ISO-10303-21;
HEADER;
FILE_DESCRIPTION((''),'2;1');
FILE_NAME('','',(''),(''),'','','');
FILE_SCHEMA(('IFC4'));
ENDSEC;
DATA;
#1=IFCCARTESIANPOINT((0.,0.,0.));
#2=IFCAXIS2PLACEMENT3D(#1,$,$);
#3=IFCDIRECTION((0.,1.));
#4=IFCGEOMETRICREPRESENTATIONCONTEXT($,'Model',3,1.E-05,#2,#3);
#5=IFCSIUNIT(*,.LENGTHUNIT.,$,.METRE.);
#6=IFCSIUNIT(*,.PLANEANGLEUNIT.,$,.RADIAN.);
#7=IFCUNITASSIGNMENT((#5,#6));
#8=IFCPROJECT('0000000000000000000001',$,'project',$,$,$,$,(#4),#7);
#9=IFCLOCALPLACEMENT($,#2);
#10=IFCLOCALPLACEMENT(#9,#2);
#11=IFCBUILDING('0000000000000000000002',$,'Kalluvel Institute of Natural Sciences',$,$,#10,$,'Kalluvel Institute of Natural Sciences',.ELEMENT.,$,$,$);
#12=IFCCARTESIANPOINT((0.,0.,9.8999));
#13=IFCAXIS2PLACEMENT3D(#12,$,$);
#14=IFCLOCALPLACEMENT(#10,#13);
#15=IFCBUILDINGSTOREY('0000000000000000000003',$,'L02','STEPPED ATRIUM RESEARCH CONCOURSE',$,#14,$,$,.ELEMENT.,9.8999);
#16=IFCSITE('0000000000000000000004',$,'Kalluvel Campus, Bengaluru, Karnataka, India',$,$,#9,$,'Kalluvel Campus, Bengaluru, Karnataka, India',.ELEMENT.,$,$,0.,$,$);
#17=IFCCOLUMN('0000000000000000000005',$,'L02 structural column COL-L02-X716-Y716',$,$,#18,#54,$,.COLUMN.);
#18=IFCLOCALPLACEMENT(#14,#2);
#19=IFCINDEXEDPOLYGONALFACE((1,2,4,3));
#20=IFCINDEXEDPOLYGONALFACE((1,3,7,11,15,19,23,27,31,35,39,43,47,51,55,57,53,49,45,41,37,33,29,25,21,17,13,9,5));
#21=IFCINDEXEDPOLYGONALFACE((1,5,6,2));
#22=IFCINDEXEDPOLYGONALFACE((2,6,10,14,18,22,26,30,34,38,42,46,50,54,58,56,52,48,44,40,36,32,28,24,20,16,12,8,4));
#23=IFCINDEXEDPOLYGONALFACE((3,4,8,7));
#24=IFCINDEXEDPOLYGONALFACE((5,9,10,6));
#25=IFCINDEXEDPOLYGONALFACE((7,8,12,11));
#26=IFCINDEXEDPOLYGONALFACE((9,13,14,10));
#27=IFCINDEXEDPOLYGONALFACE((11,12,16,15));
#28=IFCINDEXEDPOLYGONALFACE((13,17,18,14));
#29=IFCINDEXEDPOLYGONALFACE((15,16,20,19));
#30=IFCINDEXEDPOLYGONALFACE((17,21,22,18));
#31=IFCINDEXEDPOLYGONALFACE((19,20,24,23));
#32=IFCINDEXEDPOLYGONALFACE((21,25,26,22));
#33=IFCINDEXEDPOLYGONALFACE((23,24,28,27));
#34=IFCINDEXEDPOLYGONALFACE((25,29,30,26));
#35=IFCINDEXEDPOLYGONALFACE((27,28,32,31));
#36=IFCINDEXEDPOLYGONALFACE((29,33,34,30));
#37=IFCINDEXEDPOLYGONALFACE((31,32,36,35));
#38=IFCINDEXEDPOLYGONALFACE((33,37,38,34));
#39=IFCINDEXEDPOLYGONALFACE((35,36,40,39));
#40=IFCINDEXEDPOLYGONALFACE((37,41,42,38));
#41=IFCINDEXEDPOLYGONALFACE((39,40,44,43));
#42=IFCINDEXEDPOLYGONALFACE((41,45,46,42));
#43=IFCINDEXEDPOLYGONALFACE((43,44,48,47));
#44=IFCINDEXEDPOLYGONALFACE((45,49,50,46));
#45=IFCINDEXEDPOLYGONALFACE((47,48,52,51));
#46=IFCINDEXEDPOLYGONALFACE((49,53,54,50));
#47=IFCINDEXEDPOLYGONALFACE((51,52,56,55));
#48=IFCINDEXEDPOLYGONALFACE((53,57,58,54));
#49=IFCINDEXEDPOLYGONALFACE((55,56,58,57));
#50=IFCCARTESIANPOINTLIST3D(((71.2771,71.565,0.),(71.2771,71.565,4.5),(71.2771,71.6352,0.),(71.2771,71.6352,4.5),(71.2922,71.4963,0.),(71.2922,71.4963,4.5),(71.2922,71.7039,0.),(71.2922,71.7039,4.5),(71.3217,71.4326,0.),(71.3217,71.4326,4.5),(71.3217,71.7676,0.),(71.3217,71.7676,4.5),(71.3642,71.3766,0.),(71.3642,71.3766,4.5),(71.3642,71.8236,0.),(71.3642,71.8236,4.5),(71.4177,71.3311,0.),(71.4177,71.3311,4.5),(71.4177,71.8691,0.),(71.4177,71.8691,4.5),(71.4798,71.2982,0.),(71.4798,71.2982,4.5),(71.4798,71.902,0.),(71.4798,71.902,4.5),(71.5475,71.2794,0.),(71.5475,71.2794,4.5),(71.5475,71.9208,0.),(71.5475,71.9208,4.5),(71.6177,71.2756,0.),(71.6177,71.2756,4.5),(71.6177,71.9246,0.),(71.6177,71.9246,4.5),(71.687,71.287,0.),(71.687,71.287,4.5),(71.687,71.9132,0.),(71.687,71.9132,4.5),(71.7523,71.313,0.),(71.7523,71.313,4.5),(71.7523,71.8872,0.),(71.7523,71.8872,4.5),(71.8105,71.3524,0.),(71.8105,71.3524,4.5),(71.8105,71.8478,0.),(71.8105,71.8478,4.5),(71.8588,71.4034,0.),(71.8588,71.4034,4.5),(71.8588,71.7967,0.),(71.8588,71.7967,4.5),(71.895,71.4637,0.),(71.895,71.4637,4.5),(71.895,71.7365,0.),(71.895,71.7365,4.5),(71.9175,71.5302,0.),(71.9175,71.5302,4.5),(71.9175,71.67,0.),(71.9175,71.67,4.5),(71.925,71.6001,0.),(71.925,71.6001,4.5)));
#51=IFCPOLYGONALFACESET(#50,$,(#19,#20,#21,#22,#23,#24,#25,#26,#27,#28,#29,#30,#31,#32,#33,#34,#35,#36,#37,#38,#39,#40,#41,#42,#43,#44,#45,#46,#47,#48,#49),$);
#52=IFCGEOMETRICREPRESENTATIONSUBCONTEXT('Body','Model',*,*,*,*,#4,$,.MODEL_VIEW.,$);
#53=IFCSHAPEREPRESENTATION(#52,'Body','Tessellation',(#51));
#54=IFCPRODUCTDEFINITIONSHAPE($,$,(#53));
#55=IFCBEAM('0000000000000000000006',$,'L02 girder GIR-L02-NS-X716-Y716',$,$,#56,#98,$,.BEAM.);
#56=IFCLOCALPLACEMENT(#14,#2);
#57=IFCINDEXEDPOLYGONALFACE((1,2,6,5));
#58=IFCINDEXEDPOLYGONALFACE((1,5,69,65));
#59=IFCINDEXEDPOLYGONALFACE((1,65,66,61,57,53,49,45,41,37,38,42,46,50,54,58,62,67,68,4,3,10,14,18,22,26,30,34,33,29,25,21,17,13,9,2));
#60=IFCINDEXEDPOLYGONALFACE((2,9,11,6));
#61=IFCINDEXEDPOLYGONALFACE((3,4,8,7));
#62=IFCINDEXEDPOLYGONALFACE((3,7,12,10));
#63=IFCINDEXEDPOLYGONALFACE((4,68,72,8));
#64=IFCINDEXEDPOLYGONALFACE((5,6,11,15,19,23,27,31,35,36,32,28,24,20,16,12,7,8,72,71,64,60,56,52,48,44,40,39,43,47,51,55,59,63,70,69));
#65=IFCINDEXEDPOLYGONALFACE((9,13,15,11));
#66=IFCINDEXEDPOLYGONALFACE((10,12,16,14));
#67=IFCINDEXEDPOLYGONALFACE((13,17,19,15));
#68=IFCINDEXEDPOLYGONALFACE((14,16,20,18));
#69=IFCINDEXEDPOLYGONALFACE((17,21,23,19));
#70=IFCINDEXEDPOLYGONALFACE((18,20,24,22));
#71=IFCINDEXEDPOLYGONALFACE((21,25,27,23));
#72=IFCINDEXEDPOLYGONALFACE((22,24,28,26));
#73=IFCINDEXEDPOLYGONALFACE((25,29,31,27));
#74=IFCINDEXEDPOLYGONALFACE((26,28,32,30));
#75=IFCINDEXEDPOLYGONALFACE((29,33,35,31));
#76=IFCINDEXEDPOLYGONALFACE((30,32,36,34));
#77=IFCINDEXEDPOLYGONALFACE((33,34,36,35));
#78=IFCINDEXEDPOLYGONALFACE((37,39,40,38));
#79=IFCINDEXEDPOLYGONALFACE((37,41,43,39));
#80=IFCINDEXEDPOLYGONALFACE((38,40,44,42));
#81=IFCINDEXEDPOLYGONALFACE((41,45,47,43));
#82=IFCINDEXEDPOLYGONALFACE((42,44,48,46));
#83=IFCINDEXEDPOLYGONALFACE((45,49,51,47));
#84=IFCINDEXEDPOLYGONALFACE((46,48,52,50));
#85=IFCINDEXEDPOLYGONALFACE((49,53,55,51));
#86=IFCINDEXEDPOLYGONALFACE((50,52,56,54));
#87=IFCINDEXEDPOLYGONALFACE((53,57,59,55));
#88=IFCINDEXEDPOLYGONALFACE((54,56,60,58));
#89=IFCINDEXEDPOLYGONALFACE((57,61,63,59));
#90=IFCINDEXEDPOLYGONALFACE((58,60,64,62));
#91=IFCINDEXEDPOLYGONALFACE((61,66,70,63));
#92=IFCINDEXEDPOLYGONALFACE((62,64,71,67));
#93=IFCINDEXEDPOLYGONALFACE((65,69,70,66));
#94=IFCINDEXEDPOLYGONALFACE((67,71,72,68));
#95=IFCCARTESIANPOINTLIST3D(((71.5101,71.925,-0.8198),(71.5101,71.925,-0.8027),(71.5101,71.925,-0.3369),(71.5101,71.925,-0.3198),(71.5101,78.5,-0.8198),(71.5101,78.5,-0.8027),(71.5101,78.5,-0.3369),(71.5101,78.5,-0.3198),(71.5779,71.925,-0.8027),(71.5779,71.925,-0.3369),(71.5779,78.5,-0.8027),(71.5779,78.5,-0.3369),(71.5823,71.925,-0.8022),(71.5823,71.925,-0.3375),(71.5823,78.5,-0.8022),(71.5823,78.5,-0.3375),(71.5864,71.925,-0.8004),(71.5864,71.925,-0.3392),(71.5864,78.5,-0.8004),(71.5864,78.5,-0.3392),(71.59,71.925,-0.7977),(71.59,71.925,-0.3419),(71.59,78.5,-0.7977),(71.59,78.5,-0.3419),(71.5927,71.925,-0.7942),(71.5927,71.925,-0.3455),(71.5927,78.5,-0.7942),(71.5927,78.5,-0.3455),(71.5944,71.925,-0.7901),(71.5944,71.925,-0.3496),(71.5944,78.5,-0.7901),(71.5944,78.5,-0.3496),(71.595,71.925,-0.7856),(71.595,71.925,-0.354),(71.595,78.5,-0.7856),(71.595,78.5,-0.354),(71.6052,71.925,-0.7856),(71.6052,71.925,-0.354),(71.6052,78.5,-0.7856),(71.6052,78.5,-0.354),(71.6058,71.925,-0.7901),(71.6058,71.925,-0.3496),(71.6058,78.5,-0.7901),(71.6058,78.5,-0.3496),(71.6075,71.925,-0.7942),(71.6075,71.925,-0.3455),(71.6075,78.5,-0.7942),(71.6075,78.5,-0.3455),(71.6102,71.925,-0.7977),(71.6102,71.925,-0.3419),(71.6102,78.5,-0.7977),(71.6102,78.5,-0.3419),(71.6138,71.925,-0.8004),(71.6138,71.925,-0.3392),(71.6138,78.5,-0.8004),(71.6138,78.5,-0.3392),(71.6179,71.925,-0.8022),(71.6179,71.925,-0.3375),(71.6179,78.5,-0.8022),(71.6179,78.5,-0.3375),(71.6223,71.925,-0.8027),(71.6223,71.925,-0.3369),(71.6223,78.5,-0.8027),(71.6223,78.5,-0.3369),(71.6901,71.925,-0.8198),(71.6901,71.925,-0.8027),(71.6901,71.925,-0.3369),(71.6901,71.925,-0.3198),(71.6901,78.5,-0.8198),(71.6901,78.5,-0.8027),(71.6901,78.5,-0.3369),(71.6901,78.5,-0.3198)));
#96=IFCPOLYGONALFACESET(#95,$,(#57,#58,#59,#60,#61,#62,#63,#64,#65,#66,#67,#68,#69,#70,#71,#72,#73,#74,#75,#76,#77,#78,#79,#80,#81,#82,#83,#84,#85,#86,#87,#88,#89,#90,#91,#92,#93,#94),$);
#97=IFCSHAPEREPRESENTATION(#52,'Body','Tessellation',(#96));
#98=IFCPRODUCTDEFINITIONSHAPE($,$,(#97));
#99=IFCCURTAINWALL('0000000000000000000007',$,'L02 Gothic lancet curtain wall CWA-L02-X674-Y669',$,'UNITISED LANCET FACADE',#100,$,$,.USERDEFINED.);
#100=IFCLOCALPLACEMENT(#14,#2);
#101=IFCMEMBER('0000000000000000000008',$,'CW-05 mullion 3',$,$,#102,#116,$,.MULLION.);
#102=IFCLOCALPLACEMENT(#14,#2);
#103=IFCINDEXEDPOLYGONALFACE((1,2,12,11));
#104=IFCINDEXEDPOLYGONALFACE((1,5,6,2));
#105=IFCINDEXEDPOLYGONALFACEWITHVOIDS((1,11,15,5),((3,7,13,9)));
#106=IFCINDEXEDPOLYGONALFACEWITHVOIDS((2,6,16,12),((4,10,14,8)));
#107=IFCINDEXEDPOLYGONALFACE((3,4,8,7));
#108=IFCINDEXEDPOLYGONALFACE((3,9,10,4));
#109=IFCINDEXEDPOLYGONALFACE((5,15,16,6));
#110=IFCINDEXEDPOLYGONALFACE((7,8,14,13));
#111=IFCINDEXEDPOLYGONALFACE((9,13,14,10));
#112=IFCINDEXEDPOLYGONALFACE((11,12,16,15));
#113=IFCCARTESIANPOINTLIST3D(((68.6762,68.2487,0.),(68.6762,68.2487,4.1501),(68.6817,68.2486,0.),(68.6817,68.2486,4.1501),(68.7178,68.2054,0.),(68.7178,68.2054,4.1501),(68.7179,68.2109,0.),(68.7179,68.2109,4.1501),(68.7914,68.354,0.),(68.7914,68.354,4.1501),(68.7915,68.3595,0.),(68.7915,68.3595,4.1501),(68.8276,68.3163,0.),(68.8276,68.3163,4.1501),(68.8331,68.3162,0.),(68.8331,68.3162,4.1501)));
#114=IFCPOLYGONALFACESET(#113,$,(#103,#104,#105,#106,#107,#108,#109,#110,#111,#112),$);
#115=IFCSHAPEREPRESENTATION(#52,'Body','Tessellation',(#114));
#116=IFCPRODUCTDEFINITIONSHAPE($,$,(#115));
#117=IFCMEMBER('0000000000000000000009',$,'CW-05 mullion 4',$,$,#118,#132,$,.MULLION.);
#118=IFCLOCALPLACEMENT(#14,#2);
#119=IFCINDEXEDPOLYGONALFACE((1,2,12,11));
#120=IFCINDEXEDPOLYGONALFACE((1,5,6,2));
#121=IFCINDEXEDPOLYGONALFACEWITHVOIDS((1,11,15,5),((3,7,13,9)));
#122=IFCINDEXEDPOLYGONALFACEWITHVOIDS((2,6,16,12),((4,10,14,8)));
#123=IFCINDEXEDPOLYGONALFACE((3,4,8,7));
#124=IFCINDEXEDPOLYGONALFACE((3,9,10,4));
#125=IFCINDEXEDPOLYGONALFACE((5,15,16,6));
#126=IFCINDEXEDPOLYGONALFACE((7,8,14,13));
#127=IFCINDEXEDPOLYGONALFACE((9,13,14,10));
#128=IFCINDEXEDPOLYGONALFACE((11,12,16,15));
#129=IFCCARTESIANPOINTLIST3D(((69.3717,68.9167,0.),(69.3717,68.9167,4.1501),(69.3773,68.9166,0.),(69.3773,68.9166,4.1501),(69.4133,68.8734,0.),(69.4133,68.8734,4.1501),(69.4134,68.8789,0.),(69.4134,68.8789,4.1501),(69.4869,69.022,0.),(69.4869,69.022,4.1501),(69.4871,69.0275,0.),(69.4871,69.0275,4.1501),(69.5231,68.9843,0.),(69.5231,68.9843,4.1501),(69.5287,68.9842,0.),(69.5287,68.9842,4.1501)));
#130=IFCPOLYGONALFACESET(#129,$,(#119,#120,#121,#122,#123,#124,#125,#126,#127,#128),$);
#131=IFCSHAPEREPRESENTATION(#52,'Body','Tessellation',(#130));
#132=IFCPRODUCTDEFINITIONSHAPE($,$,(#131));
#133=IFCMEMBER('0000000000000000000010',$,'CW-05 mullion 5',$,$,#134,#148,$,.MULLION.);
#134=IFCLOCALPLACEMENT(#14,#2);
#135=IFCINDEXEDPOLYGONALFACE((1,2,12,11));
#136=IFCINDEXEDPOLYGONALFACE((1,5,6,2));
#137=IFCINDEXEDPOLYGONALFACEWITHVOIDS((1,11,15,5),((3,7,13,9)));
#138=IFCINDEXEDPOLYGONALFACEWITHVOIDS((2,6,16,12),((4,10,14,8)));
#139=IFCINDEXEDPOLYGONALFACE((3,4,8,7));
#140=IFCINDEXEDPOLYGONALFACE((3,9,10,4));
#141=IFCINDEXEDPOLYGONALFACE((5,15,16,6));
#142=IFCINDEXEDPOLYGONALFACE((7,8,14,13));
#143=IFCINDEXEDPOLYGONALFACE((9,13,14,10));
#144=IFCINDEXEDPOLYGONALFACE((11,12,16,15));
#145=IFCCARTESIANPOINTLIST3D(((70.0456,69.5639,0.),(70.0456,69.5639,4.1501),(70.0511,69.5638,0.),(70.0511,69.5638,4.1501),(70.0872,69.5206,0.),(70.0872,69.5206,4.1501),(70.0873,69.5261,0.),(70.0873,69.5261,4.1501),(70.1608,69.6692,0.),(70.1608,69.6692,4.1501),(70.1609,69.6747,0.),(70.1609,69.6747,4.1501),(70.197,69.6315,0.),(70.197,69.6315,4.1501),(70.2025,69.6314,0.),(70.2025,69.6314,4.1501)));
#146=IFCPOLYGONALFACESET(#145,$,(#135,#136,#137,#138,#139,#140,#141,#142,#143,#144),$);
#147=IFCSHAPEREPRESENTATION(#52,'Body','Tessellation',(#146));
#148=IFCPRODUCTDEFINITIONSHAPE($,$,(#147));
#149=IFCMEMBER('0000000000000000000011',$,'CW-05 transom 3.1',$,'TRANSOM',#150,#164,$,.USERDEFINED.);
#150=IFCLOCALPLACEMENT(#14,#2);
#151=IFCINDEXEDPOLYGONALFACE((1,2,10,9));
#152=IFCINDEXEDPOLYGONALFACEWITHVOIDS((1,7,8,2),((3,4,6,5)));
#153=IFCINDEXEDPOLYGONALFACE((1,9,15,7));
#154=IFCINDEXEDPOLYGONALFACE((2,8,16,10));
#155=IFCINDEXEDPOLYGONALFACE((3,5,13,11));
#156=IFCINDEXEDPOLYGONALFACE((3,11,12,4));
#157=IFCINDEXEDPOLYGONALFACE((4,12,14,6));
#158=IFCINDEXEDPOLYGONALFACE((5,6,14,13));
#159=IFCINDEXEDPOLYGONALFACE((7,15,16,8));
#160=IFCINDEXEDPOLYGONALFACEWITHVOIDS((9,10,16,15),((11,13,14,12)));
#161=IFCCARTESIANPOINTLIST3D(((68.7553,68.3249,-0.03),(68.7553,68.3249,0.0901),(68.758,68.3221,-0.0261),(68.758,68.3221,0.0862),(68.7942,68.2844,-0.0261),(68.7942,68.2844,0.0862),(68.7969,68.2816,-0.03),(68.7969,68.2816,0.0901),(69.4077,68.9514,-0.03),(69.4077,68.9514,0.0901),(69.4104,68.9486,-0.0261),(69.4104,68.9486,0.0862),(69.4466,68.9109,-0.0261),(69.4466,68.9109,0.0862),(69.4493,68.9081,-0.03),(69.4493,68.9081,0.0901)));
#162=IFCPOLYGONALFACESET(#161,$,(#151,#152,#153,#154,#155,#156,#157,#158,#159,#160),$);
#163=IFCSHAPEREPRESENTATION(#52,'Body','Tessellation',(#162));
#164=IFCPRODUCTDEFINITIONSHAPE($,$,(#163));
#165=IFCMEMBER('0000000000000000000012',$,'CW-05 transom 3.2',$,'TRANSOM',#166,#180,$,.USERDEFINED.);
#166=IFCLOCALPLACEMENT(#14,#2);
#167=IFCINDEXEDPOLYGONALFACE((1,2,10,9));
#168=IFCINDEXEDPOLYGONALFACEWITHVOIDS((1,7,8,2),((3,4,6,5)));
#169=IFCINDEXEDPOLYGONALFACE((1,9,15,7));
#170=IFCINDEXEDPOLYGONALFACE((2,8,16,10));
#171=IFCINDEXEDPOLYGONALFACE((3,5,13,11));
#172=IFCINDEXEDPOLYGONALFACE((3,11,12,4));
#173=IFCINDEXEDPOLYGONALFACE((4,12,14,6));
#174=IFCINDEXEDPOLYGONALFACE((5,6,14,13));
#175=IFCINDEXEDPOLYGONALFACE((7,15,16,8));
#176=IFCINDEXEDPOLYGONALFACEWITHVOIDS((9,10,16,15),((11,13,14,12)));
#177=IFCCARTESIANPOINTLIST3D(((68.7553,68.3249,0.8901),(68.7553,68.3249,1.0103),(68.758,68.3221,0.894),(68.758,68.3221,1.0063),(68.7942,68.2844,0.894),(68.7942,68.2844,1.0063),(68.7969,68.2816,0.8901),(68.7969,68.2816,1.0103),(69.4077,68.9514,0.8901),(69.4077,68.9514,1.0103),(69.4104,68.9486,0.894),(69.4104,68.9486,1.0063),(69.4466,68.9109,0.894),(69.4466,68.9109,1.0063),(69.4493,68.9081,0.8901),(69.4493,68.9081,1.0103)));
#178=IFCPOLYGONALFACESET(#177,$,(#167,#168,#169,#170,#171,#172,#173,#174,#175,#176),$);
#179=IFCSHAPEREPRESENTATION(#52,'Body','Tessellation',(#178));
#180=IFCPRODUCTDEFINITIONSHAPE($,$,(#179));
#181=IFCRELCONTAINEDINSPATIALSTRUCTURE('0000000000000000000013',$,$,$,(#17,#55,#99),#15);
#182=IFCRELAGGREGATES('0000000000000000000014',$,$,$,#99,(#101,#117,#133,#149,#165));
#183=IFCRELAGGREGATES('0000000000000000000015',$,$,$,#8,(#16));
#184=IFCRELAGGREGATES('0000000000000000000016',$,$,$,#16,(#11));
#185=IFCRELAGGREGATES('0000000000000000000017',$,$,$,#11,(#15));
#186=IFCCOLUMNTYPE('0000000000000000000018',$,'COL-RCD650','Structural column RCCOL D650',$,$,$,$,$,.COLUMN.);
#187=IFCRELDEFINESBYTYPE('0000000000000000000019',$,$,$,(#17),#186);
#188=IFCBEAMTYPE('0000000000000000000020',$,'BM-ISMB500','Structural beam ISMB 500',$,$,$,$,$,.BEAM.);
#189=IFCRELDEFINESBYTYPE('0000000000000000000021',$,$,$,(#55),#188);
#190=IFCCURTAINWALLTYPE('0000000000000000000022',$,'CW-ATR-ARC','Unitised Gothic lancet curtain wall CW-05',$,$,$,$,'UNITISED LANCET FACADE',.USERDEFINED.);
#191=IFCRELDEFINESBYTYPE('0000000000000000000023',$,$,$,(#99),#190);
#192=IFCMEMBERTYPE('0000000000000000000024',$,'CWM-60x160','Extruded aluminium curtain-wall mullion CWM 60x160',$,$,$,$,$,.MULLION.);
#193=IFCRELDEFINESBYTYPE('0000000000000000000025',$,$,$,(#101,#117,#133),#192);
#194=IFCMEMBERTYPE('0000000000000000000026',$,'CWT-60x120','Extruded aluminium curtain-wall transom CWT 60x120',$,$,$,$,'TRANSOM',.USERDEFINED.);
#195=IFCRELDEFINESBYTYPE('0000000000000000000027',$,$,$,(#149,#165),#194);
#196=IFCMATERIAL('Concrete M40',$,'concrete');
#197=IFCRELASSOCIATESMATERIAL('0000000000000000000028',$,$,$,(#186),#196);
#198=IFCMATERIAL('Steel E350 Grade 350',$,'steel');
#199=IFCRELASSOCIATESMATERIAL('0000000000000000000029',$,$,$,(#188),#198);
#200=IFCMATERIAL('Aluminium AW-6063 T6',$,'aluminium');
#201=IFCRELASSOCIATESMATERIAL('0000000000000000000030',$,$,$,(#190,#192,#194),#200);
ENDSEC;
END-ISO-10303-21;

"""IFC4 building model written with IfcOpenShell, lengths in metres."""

from ifc_helpers import new_model, si_unit, direction, frame, origin, origin_2d, place, context, subcontext, project, spatial, hollow_rectangle, circle, i_section, extrude, material, material_profile, profile_set, type_object, element, aggregate, save


model = new_model("IFC4")

# Units and contexts
model_context = context("Model", 3, precision=1e-05, world=origin(), true_north=direction((0.0, 1.0)))
body_context = subcontext(model_context, "Body", "Model", "MODEL_VIEW")
ifc_project = project(units=[si_unit("LENGTHUNIT", "METRE"), si_unit("PLANEANGLEUNIT", "RADIAN")], contexts=[model_context])

# Site, building, storey
site_placement = place(None, origin())
site = spatial("IfcSite", under=ifc_project, at=site_placement, Name="Kalluvel Campus, Bengaluru, Karnataka, India", LongName="Kalluvel Campus, Bengaluru, Karnataka, India", CompositionType="ELEMENT", RefElevation=0.0)
building_placement = place(site_placement, origin())
building = spatial("IfcBuilding", under=site, at=building_placement, Name="Kalluvel Institute of Natural Sciences", LongName="Kalluvel Institute of Natural Sciences", CompositionType="ELEMENT")
storey_placement = place(building_placement, frame((0.0, 0.0, 9.8999)))
storey = spatial("IfcBuildingStorey", under=building, at=storey_placement, Name="L02", Description="STEPPED ATRIUM RESEARCH CONCOURSE", CompositionType="ELEMENT", Elevation=9.8999)

# Column
ifc_material_1 = material(Name="Concrete M40", Category="concrete")
ifc_material_profile_1 = material_profile(ifc_material_1, circle(Radius=0.325, at=origin_2d()), Name="RCCOL D650")
ifc_profile_set_1 = profile_set([ifc_material_profile_1], Name="Concrete M40")
column_type = type_object("IfcColumnType", Name="COL-RCD650", Description="Structural column RCCOL D650", PredefinedType="COLUMN", material=ifc_profile_set_1)
column_placement = place(storey_placement, frame((71.6001, 71.6001, 0.0), z_axis=(0.0, 0.0, 1.0), x_axis=(1.0, 0.0, 0.0)))
element("IfcColumn", 1, at=column_placement, inside=storey, type_object=column_type, Name="L02 structural column COL-L02-X716-Y716", PredefinedType="COLUMN", context=body_context, shape_type="SweptSolid", body=[
    extrude(circle(Radius=0.325, at=origin_2d()), origin(), (0.0, 0.0, 1.0), 4.5),
])

# Beam
ifc_material_2 = material(Name="Steel E350 Grade 350", Category="steel")
ifc_material_profile_2 = material_profile(ifc_material_2, i_section(OverallWidth=0.1799, OverallDepth=0.5, WebThickness=0.0103, FlangeThickness=0.0171, FilletRadius=0.0171, at=origin_2d()), Name="ISMB 500")
ifc_profile_set_2 = profile_set([ifc_material_profile_2], Name="Steel E350 Grade 350")
beam_type = type_object("IfcBeamType", Name="BM-ISMB500", Description="Structural beam ISMB 500", PredefinedType="BEAM", material=ifc_profile_set_2)
beam_placement = place(storey_placement, frame((71.6001, 71.925, -0.5698), z_axis=(0.0, 1.0, 0.0), x_axis=(-1.0, 0.0, 0.0)))
element("IfcBeam", 2, at=beam_placement, inside=storey, type_object=beam_type, Name="L02 girder GIR-L02-NS-X716-Y716", PredefinedType="BEAM", context=body_context, shape_type="SweptSolid", body=[
    extrude(i_section(OverallWidth=0.1799, OverallDepth=0.5, WebThickness=0.0103, FlangeThickness=0.0171, FilletRadius=0.0171, at=origin_2d()), origin(), (0.0, 0.0, 1.0), 6.575),
])

# Curtain wall, members
ifc_material_3 = material(Name="Aluminium AW-6063 T6", Category="aluminium")
curtain_wall_type = type_object("IfcCurtainWallType", Name="CW-ATR-ARC", Description="Unitised Gothic lancet curtain wall CW-05", ElementType="UNITISED LANCET FACADE", PredefinedType="USERDEFINED", material=ifc_material_3)
curtain_wall_placement = place(storey_placement, origin())
curtain_wall = element("IfcCurtainWall", 3, at=curtain_wall_placement, inside=storey, type_object=curtain_wall_type, Name="L02 Gothic lancet curtain wall CWA-L02-X674-Y669", ObjectType="UNITISED LANCET FACADE", PredefinedType="USERDEFINED")
ifc_material_profile_3 = material_profile(ifc_material_3, hollow_rectangle(XDim=0.0601, YDim=0.1599, WallThickness=0.0039, at=origin_2d()), Name="CWM 60x160")
ifc_profile_set_3 = profile_set([ifc_material_profile_3], Name="Aluminium AW-6063 T6")
member_type_1 = type_object("IfcMemberType", Name="CWM-60x160", Description="Extruded aluminium curtain-wall mullion CWM 60x160", PredefinedType="MULLION", material=ifc_profile_set_3)
member_1_placement = place(storey_placement, frame((68.7546, 68.2825, 0.0), z_axis=(0.0, 0.0, 1.0), x_axis=(-0.692731, 0.721196, 0.0)))
member_1 = element("IfcMember", 4, at=member_1_placement, type_object=member_type_1, Name="CW-05 mullion 3", PredefinedType="MULLION", context=body_context, shape_type="SweptSolid", body=[
    extrude(hollow_rectangle(XDim=0.0601, YDim=0.1599, WallThickness=0.0039, at=origin_2d()), origin(), (0.0, 0.0, 1.0), 4.1501),
])
member_2_placement = place(storey_placement, frame((69.4502, 68.9504, 0.0), z_axis=(0.0, 0.0, 1.0), x_axis=(-0.692731, 0.721196, 0.0)))
member_2 = element("IfcMember", 5, at=member_2_placement, type_object=member_type_1, Name="CW-05 mullion 4", PredefinedType="MULLION", context=body_context, shape_type="SweptSolid", body=[
    extrude(hollow_rectangle(XDim=0.0601, YDim=0.1599, WallThickness=0.0039, at=origin_2d()), origin(), (0.0, 0.0, 1.0), 4.1501),
])
member_3_placement = place(storey_placement, frame((70.124, 69.5977, 0.0), z_axis=(0.0, 0.0, 1.0), x_axis=(-0.692731, 0.721196, 0.0)))
member_3 = element("IfcMember", 6, at=member_3_placement, type_object=member_type_1, Name="CW-05 mullion 5", PredefinedType="MULLION", context=body_context, shape_type="SweptSolid", body=[
    extrude(hollow_rectangle(XDim=0.0601, YDim=0.1599, WallThickness=0.0039, at=origin_2d()), origin(), (0.0, 0.0, 1.0), 4.1501),
])
ifc_material_profile_4 = material_profile(ifc_material_3, hollow_rectangle(XDim=0.0601, YDim=0.1201, WallThickness=0.0039, at=origin_2d()), Name="CWT 60x120")
ifc_profile_set_4 = profile_set([ifc_material_profile_4], Name="Aluminium AW-6063 T6")
member_type_2 = type_object("IfcMemberType", Name="CWT-60x120", Description="Extruded aluminium curtain-wall transom CWT 60x120", ElementType="TRANSOM", PredefinedType="USERDEFINED", material=ifc_profile_set_4)
member_4_placement = place(storey_placement, frame((68.7761, 68.3032, 0.03), z_axis=(0.721269, 0.692655, 0.0), x_axis=(-0.692655, 0.721269, 0.0)))
member_4 = element("IfcMember", 7, at=member_4_placement, type_object=member_type_2, Name="CW-05 transom 3.1", ObjectType="TRANSOM", PredefinedType="USERDEFINED", context=body_context, shape_type="SweptSolid", body=[
    extrude(hollow_rectangle(XDim=0.0601, YDim=0.1201, WallThickness=0.0039, at=origin_2d()), origin(), (0.0, 0.0, 1.0), 0.9045),
])
member_5_placement = place(storey_placement, frame((68.7761, 68.3032, 0.9502), z_axis=(0.721269, 0.692655, 0.0), x_axis=(-0.692655, 0.721269, 0.0)))
member_5 = element("IfcMember", 8, at=member_5_placement, type_object=member_type_2, Name="CW-05 transom 3.2", ObjectType="TRANSOM", PredefinedType="USERDEFINED", context=body_context, shape_type="SweptSolid", body=[
    extrude(hollow_rectangle(XDim=0.0601, YDim=0.1201, WallThickness=0.0039, at=origin_2d()), origin(), (0.0, 0.0, 1.0), 0.9045),
])
aggregate(curtain_wall, [member_1, member_2, member_3, member_4, member_5])

save(model, "model.ifc")
